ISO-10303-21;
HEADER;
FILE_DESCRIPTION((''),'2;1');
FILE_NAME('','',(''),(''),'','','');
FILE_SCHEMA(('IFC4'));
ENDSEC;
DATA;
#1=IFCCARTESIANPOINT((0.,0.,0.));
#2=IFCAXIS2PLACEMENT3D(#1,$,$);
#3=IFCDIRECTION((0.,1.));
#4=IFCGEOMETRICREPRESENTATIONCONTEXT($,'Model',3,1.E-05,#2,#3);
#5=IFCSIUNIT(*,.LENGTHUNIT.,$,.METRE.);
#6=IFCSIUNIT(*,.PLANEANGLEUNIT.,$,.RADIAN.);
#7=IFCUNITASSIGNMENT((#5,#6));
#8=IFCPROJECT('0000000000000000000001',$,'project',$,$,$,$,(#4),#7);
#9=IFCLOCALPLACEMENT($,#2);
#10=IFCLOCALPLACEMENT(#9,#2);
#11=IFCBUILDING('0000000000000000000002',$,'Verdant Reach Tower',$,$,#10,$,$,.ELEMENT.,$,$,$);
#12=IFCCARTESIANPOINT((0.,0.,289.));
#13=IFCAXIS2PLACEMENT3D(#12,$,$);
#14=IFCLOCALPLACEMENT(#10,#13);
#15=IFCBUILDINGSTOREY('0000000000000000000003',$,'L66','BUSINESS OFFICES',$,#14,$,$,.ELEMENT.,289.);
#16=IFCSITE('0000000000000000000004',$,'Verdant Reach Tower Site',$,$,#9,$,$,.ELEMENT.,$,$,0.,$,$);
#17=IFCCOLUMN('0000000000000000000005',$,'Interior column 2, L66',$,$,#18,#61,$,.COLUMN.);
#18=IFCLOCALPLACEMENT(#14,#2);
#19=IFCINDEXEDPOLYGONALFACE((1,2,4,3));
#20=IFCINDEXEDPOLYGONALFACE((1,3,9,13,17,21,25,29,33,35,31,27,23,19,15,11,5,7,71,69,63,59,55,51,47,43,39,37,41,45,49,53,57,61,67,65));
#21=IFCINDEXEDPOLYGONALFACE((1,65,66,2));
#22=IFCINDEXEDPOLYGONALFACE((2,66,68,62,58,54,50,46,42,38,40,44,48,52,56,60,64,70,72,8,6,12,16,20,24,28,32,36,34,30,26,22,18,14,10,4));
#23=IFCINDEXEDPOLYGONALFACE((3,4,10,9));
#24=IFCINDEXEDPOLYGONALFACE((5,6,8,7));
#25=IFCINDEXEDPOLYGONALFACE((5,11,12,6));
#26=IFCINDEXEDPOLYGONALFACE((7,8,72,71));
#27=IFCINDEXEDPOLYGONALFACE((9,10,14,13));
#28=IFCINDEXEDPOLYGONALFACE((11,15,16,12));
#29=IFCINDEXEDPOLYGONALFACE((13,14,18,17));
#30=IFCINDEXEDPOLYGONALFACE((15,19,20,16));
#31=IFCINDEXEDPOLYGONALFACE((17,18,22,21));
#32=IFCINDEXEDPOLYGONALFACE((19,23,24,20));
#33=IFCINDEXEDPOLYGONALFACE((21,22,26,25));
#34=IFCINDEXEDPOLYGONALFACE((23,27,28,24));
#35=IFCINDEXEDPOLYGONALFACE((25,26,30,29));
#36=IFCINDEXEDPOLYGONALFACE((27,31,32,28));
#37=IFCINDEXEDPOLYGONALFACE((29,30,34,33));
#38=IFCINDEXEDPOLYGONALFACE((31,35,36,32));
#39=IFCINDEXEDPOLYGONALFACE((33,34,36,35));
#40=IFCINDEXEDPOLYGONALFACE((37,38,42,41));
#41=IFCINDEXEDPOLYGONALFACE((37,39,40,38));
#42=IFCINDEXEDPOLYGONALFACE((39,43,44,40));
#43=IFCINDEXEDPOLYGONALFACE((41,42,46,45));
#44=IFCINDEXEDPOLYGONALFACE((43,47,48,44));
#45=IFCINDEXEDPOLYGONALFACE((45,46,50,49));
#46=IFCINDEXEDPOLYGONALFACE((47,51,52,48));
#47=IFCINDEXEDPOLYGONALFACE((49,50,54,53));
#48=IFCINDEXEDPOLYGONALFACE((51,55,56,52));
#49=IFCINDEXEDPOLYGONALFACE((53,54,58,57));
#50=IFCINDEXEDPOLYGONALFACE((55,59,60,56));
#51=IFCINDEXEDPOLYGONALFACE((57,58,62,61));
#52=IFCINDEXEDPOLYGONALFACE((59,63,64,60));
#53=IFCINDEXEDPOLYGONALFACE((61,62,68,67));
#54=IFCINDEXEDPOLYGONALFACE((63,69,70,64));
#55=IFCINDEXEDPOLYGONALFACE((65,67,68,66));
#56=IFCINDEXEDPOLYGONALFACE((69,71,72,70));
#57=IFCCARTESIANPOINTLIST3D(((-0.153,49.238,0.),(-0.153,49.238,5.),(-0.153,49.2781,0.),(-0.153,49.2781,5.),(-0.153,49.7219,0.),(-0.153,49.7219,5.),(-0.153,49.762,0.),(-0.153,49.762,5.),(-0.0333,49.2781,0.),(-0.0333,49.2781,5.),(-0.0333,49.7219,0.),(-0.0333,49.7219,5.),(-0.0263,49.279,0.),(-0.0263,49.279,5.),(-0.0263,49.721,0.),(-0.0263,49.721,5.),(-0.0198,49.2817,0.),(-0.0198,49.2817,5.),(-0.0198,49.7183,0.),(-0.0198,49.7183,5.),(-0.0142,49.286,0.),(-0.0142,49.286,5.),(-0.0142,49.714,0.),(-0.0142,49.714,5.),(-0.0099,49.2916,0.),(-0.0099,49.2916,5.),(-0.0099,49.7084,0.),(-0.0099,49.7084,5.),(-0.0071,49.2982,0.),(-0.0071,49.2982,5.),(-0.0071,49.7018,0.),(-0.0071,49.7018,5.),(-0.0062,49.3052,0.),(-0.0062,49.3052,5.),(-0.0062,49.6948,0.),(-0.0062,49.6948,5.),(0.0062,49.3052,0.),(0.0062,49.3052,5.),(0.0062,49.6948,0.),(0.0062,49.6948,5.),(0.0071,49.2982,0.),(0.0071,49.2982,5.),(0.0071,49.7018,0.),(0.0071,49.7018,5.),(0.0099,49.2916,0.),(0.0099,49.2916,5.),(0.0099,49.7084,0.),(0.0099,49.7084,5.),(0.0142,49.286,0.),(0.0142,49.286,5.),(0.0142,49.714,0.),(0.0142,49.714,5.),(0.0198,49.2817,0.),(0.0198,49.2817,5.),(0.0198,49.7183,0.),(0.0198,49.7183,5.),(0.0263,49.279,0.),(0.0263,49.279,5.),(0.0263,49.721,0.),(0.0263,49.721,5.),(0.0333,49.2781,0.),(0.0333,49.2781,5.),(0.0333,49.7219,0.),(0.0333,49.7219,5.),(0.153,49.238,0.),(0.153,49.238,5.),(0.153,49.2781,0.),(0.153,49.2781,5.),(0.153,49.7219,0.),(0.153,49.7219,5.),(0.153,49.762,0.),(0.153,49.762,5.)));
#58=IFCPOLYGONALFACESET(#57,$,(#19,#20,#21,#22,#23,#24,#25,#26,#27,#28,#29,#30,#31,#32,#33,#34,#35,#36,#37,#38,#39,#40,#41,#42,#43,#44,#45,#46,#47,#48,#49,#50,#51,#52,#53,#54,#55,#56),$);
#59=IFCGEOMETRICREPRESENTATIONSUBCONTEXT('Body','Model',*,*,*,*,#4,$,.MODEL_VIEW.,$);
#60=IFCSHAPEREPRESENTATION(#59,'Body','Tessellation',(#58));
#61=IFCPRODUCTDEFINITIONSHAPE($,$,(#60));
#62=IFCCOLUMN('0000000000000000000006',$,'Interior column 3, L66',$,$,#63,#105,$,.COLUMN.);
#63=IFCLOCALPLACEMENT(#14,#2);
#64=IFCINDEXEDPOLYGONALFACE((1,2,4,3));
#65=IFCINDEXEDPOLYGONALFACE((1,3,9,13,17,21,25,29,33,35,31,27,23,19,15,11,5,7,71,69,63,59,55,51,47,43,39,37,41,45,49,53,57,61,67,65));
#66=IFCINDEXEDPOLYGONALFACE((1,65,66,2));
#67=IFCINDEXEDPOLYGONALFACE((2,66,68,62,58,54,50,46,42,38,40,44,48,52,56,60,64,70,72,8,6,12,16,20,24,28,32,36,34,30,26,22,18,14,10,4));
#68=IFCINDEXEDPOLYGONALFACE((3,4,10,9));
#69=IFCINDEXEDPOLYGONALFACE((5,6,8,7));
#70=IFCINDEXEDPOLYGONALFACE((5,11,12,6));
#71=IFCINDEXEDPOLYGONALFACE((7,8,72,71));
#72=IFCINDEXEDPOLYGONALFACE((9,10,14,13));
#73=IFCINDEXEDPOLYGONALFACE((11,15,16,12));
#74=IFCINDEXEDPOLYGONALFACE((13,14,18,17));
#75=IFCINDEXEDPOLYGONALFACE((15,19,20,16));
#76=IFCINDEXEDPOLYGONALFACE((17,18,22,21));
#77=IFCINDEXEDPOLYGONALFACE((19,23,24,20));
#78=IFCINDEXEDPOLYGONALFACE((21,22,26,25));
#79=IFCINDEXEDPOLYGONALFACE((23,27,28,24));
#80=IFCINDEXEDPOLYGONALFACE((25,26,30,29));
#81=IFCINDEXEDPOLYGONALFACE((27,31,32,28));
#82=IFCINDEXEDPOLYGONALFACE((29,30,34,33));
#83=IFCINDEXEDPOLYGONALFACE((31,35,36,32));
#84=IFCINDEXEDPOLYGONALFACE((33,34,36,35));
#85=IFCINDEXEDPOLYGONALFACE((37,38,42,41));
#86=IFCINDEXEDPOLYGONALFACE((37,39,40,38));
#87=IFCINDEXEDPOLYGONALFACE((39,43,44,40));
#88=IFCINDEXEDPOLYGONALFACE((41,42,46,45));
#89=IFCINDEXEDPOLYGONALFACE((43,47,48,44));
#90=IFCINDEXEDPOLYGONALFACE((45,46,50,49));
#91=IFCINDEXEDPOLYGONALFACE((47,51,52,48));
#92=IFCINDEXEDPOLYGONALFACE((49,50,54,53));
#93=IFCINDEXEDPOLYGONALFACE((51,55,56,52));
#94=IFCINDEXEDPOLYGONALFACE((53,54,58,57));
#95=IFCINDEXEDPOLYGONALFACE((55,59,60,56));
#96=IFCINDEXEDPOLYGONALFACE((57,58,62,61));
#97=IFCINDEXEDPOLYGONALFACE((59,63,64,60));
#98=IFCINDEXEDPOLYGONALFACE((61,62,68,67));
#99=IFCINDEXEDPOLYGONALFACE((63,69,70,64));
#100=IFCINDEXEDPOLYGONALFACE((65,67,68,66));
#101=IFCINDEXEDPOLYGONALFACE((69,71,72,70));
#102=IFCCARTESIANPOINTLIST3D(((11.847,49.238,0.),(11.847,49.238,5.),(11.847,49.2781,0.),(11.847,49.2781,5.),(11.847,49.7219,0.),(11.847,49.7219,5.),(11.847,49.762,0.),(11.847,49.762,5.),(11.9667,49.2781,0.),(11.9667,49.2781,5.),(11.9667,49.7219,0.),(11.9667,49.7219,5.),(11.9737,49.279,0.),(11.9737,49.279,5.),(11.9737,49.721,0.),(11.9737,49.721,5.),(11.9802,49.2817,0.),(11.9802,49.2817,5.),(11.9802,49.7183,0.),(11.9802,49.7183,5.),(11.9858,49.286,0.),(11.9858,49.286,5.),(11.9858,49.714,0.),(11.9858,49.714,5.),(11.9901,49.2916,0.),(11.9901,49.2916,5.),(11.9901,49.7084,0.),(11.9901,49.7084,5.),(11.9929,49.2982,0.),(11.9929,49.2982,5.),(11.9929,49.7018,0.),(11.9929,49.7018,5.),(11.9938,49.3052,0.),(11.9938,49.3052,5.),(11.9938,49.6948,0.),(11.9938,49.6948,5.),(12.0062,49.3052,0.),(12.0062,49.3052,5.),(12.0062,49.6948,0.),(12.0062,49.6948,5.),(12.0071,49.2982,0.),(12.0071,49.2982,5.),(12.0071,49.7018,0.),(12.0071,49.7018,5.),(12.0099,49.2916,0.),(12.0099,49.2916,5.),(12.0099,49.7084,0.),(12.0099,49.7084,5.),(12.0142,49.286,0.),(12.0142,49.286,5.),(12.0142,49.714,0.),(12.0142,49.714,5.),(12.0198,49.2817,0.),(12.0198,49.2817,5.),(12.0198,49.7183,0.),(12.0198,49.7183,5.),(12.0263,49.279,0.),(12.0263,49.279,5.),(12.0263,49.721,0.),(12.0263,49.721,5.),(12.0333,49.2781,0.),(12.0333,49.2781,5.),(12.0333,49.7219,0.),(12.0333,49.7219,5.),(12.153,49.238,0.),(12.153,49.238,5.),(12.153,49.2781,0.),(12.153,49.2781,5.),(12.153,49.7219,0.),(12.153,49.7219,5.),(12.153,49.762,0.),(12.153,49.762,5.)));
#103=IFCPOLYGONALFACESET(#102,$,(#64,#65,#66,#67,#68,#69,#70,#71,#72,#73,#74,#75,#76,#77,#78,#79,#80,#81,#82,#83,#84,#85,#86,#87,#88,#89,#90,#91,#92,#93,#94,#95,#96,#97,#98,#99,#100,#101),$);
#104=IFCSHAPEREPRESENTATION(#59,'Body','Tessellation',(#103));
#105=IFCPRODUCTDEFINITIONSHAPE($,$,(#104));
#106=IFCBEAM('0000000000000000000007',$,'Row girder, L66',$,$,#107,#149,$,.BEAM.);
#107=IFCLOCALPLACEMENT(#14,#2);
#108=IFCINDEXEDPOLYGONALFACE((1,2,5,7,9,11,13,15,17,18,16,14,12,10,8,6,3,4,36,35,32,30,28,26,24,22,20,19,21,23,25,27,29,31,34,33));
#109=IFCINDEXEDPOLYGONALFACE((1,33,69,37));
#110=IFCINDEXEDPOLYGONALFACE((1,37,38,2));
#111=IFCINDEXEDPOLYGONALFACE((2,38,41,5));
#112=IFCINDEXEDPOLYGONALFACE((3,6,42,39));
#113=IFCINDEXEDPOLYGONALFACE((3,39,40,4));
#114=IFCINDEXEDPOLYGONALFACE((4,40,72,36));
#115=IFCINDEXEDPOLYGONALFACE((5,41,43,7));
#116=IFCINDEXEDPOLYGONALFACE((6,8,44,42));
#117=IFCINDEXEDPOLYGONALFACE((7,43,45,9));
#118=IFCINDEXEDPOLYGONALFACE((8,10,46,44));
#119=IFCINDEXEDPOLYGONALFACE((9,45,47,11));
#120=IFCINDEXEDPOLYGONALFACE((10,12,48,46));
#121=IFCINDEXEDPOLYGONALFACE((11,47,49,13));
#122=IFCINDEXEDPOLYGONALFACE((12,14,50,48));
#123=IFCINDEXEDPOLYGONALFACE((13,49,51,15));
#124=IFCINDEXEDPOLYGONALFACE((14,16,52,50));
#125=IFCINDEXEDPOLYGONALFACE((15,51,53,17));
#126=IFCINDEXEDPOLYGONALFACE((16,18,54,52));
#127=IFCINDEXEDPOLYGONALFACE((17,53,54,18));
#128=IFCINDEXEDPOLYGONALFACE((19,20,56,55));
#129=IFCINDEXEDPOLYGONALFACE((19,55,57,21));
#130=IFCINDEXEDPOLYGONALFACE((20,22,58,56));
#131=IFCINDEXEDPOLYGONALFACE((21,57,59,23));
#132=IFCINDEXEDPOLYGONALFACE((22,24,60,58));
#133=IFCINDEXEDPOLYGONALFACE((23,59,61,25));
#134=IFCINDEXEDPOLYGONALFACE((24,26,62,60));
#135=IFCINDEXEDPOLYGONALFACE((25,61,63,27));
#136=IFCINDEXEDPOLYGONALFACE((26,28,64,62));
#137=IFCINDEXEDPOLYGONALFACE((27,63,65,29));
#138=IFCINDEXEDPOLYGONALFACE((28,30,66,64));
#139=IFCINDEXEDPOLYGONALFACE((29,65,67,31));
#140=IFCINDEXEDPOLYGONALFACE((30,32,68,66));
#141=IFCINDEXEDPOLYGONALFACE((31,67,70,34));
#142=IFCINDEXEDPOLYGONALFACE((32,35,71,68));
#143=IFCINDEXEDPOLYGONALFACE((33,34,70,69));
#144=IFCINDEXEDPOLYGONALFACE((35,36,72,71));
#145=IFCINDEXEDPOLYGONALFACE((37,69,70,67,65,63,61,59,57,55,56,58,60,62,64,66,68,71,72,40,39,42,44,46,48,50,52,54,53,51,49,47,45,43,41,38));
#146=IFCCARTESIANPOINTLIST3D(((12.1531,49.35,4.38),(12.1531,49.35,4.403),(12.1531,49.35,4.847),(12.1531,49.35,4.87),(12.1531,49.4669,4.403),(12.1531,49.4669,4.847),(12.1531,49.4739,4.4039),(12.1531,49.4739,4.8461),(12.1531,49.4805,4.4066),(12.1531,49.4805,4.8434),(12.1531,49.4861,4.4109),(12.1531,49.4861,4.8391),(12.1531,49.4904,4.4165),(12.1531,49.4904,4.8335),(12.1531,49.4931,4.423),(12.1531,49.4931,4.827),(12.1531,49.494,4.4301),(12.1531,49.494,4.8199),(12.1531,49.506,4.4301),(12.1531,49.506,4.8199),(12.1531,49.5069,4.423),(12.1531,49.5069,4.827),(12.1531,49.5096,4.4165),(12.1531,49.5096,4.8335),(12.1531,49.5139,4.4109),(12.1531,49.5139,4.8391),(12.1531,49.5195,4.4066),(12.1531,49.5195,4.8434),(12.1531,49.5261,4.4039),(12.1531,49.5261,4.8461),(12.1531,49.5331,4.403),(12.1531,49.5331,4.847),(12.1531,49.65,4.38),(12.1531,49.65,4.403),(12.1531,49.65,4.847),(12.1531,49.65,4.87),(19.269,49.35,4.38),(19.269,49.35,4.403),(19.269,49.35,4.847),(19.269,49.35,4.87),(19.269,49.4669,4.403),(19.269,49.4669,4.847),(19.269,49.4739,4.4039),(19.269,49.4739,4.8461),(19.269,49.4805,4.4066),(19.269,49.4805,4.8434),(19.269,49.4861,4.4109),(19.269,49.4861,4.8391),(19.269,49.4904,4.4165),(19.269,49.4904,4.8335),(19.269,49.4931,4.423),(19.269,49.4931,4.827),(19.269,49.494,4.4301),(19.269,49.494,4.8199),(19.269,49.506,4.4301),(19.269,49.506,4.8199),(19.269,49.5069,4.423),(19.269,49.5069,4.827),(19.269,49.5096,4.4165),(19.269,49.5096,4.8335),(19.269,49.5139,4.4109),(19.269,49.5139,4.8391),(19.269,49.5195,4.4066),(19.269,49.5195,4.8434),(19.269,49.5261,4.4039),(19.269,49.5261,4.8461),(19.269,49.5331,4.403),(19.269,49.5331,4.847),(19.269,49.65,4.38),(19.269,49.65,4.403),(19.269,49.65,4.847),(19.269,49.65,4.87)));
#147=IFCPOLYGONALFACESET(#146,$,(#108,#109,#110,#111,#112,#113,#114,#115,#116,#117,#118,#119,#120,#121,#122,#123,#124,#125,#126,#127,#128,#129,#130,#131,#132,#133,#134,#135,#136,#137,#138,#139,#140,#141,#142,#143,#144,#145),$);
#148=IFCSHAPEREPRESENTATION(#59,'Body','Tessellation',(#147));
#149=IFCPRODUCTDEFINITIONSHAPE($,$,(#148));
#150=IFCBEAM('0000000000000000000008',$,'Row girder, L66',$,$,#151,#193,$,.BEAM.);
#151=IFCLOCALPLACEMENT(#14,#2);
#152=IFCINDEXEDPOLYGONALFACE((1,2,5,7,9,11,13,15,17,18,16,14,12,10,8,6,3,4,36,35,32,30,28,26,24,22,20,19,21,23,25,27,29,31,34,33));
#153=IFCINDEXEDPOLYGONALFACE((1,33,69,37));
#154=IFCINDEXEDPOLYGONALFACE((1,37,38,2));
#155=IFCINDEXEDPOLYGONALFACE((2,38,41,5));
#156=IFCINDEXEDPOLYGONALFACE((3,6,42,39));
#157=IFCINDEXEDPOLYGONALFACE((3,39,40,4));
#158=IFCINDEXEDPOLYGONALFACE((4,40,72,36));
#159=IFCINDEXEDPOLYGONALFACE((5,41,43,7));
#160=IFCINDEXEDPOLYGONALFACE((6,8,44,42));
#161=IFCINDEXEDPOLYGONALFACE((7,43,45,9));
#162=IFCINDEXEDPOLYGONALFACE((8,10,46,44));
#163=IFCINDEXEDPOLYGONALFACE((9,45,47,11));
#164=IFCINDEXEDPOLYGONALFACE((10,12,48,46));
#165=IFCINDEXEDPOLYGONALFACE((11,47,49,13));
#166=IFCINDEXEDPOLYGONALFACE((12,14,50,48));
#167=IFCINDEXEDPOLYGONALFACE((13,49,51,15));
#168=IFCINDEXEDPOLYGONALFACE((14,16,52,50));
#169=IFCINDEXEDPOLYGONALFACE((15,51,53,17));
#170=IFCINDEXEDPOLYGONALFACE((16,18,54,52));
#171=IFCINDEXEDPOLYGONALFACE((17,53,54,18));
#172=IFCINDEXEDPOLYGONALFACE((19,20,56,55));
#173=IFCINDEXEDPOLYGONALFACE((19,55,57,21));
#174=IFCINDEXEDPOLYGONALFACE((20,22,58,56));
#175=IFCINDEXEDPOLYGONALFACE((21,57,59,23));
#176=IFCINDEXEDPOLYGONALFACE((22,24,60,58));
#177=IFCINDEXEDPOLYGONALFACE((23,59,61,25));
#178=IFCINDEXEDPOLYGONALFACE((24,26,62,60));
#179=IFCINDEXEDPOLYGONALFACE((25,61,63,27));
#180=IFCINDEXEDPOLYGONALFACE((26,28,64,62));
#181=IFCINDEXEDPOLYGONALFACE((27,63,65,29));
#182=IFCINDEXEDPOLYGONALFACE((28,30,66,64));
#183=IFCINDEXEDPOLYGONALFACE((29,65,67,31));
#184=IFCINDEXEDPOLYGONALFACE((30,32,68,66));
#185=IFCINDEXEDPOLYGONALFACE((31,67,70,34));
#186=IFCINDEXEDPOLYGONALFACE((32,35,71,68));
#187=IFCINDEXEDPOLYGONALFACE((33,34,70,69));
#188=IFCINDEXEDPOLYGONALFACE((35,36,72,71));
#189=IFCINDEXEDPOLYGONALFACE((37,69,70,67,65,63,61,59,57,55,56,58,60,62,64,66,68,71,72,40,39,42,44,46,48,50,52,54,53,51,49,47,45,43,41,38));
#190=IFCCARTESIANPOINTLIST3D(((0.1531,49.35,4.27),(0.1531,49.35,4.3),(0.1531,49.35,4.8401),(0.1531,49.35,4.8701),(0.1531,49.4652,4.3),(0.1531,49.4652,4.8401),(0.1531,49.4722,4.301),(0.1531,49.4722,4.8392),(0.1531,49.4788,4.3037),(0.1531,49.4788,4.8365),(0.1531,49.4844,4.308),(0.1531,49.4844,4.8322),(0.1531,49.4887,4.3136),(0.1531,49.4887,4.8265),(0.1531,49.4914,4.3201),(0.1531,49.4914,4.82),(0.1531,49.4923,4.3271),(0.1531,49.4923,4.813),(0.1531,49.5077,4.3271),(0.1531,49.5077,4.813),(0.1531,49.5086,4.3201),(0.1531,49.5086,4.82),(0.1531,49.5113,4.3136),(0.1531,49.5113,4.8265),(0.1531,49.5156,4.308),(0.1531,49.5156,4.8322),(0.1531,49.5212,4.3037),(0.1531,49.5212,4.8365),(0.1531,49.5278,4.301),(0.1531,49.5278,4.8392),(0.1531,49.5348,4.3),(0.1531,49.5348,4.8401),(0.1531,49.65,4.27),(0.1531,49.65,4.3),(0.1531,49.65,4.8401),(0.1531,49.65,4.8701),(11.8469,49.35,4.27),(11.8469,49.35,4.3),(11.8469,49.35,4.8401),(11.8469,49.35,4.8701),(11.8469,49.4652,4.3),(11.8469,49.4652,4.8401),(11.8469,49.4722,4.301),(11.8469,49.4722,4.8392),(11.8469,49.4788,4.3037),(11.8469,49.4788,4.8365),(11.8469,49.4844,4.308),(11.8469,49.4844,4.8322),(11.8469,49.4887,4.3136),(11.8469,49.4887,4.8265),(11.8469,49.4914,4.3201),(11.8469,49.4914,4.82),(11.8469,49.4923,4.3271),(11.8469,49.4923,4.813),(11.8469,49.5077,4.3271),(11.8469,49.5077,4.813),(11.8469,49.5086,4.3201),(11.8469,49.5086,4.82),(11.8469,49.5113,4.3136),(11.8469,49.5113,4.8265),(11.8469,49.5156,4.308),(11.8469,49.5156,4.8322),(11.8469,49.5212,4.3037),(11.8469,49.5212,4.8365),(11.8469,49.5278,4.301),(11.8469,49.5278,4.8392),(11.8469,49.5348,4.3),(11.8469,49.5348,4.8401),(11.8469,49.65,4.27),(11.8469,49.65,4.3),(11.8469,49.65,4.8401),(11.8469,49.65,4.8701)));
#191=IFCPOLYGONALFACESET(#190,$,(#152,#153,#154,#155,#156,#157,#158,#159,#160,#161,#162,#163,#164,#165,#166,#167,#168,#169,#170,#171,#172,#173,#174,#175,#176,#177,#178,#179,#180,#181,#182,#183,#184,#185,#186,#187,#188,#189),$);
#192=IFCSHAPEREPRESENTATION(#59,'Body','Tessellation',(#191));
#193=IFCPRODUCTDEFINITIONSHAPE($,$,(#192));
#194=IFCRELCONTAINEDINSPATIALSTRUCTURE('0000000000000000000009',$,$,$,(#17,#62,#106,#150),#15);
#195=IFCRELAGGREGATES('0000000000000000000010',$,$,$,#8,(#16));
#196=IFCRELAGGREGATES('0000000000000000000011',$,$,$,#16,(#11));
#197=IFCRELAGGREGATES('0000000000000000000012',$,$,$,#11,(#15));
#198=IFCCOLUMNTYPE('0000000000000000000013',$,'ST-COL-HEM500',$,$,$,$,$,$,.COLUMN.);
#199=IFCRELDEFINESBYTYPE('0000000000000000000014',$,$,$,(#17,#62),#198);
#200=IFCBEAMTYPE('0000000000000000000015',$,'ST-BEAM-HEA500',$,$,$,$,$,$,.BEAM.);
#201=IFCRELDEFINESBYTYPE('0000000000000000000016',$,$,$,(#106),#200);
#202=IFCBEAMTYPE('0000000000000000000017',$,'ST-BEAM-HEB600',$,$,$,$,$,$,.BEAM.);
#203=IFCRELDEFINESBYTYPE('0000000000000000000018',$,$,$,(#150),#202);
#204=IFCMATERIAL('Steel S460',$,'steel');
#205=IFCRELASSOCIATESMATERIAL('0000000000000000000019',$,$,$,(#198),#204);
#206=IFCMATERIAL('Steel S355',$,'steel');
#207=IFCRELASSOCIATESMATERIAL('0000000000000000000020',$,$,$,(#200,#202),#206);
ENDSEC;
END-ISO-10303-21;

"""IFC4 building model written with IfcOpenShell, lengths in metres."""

from ifc_helpers import new_model, si_unit, direction, frame, origin, origin_2d, place, context, subcontext, project, spatial, i_section, extrude, material, material_profile, profile_set, type_object, element, save


model = new_model("IFC4")

# Units and contexts
model_context = context("Model", 3, precision=1e-05, world=origin(), true_north=direction((0.0, 1.0)))
body_context = subcontext(model_context, "Body", "Model", "MODEL_VIEW")
ifc_project = project(units=[si_unit("LENGTHUNIT", "METRE"), si_unit("PLANEANGLEUNIT", "RADIAN")], contexts=[model_context])

# Site, building, storey
site_placement = place(None, origin())
site = spatial("IfcSite", under=ifc_project, at=site_placement, Name="Verdant Reach Tower Site", CompositionType="ELEMENT", RefElevation=0.0)
building_placement = place(site_placement, origin())
building = spatial("IfcBuilding", under=site, at=building_placement, Name="Verdant Reach Tower", CompositionType="ELEMENT")
storey_placement = place(building_placement, frame((0.0, 0.0, 289.0)))
storey = spatial("IfcBuildingStorey", under=building, at=storey_placement, Name="L66", Description="BUSINESS OFFICES", CompositionType="ELEMENT", Elevation=289.0)

# Columns
ifc_material_1 = material(Name="Steel S460", Category="steel")
ifc_material_profile_1 = material_profile(ifc_material_1, i_section(OverallWidth=0.3059, OverallDepth=0.5239, WebThickness=0.0125, FlangeThickness=0.04, FilletRadius=0.0271, at=origin_2d()), Name="HEM 500")
ifc_profile_set_1 = profile_set([ifc_material_profile_1], Name="Steel S460")
column_type = type_object("IfcColumnType", Name="ST-COL-HEM500", PredefinedType="COLUMN", material=ifc_profile_set_1)
for number, where, z_axis, x_axis, name in (
    (1, (0.0, 49.5, 0.0), (0.0, 0.0, 1.0), (1.0, 0.0, 0.0), "Interior column 2, L66"),
    (2, (12.0, 49.5, 0.0), (0.0, 0.0, 1.0), (1.0, 0.0, 0.0), "Interior column 3, L66"),
):
    element("IfcColumn", number, at=place(storey_placement, frame(where, z_axis=z_axis, x_axis=x_axis)), inside=storey, type_object=column_type, Name=name, PredefinedType="COLUMN", context=body_context, shape_type="SweptSolid", body=[
        extrude(i_section(OverallWidth=0.3059, OverallDepth=0.5239, WebThickness=0.0125, FlangeThickness=0.04, FilletRadius=0.0271, at=origin_2d()), origin(), (0.0, 0.0, 1.0), 5.0),
    ])

# Beams
ifc_material_2 = material(Name="Steel S355", Category="steel")
ifc_material_profile_2 = material_profile(ifc_material_2, i_section(OverallWidth=0.3, OverallDepth=0.49, WebThickness=0.012, FlangeThickness=0.0229, FilletRadius=0.0271, at=origin_2d()), Name="HEA 500")
ifc_profile_set_2 = profile_set([ifc_material_profile_2], Name="Steel S355")
beam_type_1 = type_object("IfcBeamType", Name="ST-BEAM-HEA500", PredefinedType="BEAM", material=ifc_profile_set_2)
beam_1_placement = place(storey_placement, frame((12.1531, 49.5, 4.625), z_axis=(1.0, 0.0, 0.0), x_axis=(0.0, 1.0, 0.0)))
element("IfcBeam", 3, at=beam_1_placement, inside=storey, type_object=beam_type_1, Name="Row girder, L66", PredefinedType="BEAM", context=body_context, shape_type="SweptSolid", body=[
    extrude(i_section(OverallWidth=0.3, OverallDepth=0.49, WebThickness=0.012, FlangeThickness=0.0229, FilletRadius=0.0271, at=origin_2d()), origin(), (0.0, 0.0, 1.0), 7.116),
])
ifc_material_profile_3 = material_profile(ifc_material_2, i_section(OverallWidth=0.3, OverallDepth=0.6001, WebThickness=0.0154, FlangeThickness=0.03, FilletRadius=0.0271, at=origin_2d()), Name="HEB 600")
ifc_profile_set_3 = profile_set([ifc_material_profile_3], Name="Steel S355")
beam_type_2 = type_object("IfcBeamType", Name="ST-BEAM-HEB600", PredefinedType="BEAM", material=ifc_profile_set_3)
beam_2_placement = place(storey_placement, frame((0.1531, 49.5, 4.5701), z_axis=(1.0, 0.0, 0.0), x_axis=(0.0, 1.0, 0.0)))
element("IfcBeam", 4, at=beam_2_placement, inside=storey, type_object=beam_type_2, Name="Row girder, L66", PredefinedType="BEAM", context=body_context, shape_type="SweptSolid", body=[
    extrude(i_section(OverallWidth=0.3, OverallDepth=0.6001, WebThickness=0.0154, FlangeThickness=0.03, FilletRadius=0.0271, at=origin_2d()), origin(), (0.0, 0.0, 1.0), 11.6938),
])

save(model, "model.ifc")
